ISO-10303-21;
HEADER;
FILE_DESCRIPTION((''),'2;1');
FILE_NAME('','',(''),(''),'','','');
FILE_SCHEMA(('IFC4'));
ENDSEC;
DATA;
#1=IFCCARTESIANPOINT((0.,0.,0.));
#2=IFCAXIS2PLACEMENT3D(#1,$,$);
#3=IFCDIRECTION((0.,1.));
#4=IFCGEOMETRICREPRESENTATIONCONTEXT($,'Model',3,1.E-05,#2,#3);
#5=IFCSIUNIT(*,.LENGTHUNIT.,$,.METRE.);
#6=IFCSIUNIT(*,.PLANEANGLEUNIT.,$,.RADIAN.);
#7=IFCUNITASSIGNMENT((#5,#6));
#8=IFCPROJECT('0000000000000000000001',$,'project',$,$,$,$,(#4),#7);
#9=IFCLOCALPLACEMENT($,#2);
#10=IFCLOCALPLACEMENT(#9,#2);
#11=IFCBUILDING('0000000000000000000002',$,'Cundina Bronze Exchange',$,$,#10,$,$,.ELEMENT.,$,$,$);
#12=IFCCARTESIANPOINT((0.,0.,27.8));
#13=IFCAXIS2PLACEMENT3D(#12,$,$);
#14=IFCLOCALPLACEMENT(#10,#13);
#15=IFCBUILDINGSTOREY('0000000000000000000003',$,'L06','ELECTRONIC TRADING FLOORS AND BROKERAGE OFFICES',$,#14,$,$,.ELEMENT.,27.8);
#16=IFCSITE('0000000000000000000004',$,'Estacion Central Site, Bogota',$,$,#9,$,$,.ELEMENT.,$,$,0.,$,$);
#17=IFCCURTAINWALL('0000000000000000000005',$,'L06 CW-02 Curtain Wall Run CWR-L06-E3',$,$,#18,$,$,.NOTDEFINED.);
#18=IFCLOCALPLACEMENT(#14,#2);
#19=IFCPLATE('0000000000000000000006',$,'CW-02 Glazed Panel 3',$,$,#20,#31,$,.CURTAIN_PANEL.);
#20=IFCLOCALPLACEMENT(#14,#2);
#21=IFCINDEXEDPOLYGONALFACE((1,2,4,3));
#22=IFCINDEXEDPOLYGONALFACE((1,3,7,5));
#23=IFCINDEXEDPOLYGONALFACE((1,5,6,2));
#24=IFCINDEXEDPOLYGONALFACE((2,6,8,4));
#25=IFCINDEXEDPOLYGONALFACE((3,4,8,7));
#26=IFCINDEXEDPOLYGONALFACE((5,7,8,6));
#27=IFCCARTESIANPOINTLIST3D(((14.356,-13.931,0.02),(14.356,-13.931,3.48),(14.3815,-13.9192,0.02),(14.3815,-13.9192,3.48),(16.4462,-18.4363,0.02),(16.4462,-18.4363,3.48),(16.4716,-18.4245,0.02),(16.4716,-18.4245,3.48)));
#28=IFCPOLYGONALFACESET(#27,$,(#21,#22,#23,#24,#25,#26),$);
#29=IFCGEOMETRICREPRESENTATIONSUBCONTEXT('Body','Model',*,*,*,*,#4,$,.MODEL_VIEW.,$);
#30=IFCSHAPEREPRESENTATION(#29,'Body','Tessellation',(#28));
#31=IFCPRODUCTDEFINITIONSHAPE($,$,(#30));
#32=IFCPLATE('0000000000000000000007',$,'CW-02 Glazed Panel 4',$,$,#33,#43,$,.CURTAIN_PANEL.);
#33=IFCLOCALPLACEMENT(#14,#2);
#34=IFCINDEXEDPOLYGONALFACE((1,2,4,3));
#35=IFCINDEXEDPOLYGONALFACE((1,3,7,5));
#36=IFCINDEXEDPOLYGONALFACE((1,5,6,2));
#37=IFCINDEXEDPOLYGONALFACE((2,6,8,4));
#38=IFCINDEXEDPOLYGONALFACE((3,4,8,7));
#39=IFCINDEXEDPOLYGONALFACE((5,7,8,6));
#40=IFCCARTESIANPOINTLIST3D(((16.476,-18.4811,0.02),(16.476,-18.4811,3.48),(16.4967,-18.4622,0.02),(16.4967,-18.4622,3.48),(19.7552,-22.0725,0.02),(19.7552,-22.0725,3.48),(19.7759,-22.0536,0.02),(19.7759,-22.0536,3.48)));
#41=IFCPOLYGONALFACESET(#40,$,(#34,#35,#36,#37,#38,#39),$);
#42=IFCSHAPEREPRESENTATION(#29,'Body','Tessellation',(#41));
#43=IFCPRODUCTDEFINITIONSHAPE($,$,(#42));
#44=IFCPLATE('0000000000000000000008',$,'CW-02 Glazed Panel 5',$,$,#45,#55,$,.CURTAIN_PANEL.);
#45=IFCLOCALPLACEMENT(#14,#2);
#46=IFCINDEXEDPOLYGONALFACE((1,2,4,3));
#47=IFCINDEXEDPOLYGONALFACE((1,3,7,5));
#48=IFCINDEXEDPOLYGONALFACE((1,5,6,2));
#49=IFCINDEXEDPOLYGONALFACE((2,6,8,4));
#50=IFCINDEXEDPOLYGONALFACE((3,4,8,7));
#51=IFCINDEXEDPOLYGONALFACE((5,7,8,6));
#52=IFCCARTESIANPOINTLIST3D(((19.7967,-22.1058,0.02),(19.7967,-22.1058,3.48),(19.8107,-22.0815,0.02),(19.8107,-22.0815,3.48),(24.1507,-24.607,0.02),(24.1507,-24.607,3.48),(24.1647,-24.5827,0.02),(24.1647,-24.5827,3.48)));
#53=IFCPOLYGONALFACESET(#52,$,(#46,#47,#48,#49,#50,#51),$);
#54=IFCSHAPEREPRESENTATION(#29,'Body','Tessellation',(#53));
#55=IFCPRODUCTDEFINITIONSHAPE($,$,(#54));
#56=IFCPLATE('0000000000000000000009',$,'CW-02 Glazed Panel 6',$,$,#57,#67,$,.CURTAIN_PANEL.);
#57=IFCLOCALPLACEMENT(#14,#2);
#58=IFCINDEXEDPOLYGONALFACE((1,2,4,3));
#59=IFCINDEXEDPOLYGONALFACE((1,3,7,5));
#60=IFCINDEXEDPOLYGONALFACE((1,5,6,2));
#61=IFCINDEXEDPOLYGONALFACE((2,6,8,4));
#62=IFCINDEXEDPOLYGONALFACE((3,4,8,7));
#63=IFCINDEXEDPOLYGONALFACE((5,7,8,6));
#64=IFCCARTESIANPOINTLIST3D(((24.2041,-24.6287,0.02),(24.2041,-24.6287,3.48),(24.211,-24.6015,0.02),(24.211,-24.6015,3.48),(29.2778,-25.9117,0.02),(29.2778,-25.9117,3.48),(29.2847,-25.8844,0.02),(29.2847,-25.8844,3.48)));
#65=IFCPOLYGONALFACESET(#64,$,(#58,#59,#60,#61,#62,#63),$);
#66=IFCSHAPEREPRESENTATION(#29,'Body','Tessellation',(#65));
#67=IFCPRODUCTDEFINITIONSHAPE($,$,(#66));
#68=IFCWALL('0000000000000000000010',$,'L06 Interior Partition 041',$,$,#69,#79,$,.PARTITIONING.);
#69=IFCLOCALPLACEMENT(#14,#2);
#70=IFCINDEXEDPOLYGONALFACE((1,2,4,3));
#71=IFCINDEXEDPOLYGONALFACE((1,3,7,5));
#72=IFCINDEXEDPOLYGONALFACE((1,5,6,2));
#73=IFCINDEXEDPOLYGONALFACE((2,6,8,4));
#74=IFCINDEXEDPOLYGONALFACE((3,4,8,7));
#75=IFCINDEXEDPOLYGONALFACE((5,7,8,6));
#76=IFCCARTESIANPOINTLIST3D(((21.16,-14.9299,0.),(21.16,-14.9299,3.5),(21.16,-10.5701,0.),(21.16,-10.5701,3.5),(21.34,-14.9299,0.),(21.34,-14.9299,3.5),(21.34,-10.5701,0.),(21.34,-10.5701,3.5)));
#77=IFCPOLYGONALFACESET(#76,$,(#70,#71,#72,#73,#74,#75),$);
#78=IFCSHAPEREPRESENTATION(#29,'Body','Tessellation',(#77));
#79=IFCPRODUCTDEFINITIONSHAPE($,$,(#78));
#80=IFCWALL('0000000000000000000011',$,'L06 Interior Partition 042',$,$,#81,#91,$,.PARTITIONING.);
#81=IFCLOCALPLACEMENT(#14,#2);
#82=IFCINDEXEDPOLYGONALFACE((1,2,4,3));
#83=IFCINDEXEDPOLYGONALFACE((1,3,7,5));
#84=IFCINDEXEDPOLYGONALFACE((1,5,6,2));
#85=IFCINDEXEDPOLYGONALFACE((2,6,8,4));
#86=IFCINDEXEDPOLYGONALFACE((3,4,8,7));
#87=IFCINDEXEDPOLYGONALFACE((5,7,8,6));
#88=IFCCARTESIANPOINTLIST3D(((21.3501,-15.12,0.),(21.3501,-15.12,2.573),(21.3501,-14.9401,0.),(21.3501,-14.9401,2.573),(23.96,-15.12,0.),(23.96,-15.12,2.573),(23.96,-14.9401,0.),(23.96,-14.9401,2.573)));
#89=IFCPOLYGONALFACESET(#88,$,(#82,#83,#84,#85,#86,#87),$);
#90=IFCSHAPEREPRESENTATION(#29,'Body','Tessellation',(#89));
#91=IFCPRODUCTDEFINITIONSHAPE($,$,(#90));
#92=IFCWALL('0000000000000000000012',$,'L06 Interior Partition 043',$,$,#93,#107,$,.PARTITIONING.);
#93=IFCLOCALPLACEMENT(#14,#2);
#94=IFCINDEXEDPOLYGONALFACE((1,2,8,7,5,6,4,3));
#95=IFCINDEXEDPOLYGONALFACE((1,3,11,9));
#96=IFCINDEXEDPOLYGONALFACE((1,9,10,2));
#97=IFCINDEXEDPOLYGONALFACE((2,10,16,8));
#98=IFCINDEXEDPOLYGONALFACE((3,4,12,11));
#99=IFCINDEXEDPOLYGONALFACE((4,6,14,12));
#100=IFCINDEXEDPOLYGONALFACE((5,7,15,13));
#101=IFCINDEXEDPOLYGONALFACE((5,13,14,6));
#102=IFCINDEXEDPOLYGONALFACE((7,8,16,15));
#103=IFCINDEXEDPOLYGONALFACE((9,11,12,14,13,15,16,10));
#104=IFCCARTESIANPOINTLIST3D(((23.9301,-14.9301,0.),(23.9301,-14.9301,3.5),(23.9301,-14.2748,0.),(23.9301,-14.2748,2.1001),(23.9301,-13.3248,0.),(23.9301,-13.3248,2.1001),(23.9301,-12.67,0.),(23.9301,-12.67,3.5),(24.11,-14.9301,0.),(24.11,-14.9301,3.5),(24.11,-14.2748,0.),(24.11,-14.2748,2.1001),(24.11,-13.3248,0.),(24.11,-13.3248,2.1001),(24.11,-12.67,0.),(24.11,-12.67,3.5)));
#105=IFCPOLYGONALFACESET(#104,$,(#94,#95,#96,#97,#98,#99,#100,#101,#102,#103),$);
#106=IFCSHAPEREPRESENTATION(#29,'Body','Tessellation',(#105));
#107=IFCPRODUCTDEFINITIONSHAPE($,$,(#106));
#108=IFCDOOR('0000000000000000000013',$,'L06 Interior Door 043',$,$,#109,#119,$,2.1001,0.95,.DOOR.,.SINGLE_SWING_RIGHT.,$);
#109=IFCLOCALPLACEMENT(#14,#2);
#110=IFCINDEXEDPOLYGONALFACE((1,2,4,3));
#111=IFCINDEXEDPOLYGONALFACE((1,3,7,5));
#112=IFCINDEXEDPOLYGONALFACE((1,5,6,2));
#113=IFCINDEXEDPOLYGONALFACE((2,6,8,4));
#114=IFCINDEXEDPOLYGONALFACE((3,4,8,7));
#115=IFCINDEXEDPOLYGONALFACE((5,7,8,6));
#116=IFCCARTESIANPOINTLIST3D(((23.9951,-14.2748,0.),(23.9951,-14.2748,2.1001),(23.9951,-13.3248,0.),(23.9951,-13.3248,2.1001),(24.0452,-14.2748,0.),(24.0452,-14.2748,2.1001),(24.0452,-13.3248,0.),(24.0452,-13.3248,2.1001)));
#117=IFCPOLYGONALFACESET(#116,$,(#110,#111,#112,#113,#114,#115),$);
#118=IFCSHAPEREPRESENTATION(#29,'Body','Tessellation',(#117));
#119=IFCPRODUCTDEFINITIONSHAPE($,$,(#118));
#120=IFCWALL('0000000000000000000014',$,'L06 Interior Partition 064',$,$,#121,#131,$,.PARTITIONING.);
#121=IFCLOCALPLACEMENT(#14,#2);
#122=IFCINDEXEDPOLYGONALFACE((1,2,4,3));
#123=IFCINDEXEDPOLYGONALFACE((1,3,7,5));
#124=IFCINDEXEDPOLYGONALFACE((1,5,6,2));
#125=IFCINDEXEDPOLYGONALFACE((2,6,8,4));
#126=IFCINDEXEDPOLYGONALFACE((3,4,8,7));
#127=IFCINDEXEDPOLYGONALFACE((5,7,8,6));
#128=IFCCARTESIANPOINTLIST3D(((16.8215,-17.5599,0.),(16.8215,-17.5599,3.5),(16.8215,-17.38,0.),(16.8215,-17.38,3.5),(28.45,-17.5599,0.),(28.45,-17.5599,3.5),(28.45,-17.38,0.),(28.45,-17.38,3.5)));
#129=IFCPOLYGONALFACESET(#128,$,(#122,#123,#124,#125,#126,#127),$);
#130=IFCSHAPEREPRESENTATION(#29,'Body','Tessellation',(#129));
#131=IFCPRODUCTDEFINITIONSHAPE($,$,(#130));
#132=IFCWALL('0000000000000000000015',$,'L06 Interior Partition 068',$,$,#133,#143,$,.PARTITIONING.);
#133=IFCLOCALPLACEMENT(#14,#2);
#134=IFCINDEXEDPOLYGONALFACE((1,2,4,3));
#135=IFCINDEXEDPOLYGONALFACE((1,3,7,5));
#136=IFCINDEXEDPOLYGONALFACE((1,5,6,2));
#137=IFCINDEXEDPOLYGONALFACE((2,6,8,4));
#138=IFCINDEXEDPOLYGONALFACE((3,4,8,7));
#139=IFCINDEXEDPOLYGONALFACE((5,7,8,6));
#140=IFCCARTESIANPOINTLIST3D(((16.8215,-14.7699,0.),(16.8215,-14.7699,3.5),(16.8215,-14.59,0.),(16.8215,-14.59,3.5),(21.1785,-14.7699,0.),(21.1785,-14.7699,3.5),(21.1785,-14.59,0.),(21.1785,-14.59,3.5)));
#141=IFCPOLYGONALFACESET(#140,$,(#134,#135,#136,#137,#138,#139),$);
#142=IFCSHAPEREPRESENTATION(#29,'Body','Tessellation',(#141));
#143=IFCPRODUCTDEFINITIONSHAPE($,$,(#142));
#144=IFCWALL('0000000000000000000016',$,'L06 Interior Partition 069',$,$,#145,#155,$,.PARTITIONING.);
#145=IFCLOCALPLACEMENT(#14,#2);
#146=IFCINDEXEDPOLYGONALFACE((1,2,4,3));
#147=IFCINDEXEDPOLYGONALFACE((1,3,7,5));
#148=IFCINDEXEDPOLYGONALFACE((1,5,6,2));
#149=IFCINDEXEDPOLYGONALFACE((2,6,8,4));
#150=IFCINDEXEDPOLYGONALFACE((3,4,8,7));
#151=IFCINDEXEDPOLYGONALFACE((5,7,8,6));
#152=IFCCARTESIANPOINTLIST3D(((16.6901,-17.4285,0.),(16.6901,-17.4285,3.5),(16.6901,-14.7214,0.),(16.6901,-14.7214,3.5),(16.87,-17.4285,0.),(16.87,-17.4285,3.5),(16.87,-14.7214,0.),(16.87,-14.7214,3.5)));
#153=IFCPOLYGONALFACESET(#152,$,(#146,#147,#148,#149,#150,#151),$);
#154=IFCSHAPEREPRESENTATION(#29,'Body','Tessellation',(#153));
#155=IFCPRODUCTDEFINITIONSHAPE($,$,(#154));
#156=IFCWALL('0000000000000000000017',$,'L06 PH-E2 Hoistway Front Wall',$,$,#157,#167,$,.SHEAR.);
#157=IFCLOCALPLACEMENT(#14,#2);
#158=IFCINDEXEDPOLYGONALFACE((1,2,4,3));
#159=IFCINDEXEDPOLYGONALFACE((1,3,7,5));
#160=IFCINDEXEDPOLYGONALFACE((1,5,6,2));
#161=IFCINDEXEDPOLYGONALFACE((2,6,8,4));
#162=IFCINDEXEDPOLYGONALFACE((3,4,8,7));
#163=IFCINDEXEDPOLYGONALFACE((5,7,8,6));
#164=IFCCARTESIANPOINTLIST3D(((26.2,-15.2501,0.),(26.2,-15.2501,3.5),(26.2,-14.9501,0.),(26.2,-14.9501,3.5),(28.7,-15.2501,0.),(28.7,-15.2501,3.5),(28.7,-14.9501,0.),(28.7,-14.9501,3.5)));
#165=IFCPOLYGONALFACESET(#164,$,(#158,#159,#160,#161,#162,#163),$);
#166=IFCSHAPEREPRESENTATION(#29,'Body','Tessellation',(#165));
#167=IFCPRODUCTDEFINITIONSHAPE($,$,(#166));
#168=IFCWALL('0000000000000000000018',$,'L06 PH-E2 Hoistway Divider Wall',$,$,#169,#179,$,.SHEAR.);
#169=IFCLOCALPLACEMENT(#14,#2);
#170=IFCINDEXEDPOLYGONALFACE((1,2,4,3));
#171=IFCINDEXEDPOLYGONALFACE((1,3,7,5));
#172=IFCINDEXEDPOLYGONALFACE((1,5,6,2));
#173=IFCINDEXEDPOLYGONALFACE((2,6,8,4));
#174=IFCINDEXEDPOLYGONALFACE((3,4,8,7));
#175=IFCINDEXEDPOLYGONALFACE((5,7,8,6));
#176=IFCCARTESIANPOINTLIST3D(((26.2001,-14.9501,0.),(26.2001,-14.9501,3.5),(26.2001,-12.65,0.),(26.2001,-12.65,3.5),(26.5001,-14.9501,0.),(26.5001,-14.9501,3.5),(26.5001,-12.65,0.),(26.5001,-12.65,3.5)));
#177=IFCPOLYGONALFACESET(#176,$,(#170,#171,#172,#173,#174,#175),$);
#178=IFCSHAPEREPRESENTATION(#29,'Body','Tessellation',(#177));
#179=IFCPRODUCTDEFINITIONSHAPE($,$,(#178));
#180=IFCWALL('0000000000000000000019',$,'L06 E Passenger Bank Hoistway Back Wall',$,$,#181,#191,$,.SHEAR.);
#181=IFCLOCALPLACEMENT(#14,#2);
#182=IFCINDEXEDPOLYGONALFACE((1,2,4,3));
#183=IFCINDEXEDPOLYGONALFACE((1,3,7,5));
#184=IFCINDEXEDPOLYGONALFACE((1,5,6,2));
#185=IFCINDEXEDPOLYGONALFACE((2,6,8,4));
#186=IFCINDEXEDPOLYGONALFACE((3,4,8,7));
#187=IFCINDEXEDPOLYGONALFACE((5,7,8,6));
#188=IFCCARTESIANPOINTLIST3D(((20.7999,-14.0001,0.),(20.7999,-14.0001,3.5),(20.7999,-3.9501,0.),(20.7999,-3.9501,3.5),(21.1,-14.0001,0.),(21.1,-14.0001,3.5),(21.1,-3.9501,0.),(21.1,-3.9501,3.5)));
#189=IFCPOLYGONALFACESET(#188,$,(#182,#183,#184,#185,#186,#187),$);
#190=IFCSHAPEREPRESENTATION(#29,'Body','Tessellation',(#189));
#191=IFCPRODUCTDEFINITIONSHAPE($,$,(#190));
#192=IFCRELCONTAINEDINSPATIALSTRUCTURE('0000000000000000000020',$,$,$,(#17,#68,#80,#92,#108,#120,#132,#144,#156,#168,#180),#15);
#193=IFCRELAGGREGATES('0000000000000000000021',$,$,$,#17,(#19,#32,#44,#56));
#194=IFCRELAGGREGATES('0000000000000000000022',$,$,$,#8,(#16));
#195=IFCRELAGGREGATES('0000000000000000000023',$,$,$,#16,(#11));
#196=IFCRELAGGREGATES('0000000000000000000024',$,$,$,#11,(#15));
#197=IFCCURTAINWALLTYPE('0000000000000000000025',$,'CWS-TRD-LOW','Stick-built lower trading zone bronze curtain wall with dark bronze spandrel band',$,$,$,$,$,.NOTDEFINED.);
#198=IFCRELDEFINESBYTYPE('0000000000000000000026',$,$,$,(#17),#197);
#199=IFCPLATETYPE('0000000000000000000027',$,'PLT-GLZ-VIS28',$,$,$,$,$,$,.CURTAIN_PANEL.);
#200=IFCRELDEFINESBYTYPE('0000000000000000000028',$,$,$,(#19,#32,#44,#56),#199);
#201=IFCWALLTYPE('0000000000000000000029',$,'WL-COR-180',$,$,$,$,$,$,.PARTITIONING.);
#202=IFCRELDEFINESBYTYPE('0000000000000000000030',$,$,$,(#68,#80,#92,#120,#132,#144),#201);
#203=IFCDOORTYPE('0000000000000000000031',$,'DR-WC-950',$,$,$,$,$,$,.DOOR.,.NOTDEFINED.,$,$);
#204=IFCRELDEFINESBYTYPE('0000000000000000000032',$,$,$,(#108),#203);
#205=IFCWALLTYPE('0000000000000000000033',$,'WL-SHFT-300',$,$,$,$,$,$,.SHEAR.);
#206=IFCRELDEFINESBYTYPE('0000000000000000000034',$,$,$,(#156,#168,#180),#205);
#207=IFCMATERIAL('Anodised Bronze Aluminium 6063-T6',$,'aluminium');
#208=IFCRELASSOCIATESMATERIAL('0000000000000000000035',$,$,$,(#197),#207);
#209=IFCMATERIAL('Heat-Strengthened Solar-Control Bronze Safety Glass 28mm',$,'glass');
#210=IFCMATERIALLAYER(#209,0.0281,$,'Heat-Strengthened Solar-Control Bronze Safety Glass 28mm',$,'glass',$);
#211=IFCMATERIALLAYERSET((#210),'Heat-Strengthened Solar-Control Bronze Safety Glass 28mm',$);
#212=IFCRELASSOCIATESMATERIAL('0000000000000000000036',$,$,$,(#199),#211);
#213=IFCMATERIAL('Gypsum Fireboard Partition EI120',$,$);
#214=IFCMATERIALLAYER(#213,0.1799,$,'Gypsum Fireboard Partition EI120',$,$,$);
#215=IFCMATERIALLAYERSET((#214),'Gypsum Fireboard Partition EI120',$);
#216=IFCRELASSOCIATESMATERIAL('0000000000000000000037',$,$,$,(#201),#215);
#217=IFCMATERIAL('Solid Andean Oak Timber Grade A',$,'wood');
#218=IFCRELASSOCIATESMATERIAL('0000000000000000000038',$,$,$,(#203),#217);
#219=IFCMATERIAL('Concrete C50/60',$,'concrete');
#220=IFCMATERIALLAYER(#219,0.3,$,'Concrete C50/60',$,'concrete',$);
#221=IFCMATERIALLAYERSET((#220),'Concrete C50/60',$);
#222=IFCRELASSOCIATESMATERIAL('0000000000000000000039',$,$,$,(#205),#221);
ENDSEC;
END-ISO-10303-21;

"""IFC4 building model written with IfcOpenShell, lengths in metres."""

from ifc_helpers import new_model, si_unit, direction, frame, frame_2d, origin, origin_2d, place, context, subcontext, project, spatial, rectangle, extrude, material, layer, layer_set, type_object, element, fill, aggregate, save


model = new_model("IFC4")

# Units and contexts
model_context = context("Model", 3, precision=1e-05, world=origin(), true_north=direction((0.0, 1.0)))
body_context = subcontext(model_context, "Body", "Model", "MODEL_VIEW")
ifc_project = project(units=[si_unit("LENGTHUNIT", "METRE"), si_unit("PLANEANGLEUNIT", "RADIAN")], contexts=[model_context])

# Site, building, storey
site_placement = place(None, origin())
site = spatial("IfcSite", under=ifc_project, at=site_placement, Name="Estacion Central Site, Bogota", CompositionType="ELEMENT", RefElevation=0.0)
building_placement = place(site_placement, origin())
building = spatial("IfcBuilding", under=site, at=building_placement, Name="Cundina Bronze Exchange", CompositionType="ELEMENT")
storey_placement = place(building_placement, frame((0.0, 0.0, 27.8)))
storey = spatial("IfcBuildingStorey", under=building, at=storey_placement, Name="L06", Description="ELECTRONIC TRADING FLOORS AND BROKERAGE OFFICES", CompositionType="ELEMENT", Elevation=27.8)

# Curtain wall, plates
ifc_material_1 = material(Name="Anodised Bronze Aluminium 6063-T6", Category="aluminium")
curtain_wall_type = type_object("IfcCurtainWallType", Name="CWS-TRD-LOW", Description="Stick-built lower trading zone bronze curtain wall with dark bronze spandrel band", PredefinedType="NOTDEFINED", material=ifc_material_1)
curtain_wall_placement = place(storey_placement, origin())
curtain_wall = element("IfcCurtainWall", 1, at=curtain_wall_placement, inside=storey, type_object=curtain_wall_type, Name="L06 CW-02 Curtain Wall Run CWR-L06-E3", PredefinedType="NOTDEFINED")
ifc_material_2 = material(Name="Heat-Strengthened Solar-Control Bronze Safety Glass 28mm", Category="glass")
ifc_layer_1 = layer(ifc_material_2, 0.0281, Name="Heat-Strengthened Solar-Control Bronze Safety Glass 28mm", Category="glass")
ifc_layer_set_1 = layer_set([ifc_layer_1], Name="Heat-Strengthened Solar-Control Bronze Safety Glass 28mm")
plate_type = type_object("IfcPlateType", Name="PLT-GLZ-VIS28", PredefinedType="CURTAIN_PANEL", material=ifc_layer_set_1)
plate_1_placement = place(storey_placement, frame((15.4138, -16.1777, 0.02), z_axis=(0.0, 0.0, 1.0), x_axis=(0.420846, -0.907132, 0.0)))
plate_1 = element("IfcPlate", 2, at=plate_1_placement, type_object=plate_type, Name="CW-02 Glazed Panel 3", PredefinedType="CURTAIN_PANEL", context=body_context, shape_type="SweptSolid", body=[
    extrude(rectangle(XDim=4.9666, YDim=0.0281, at=origin_2d()), origin(), (0.0, 0.0, 1.0), 3.46),
])
plate_2_placement = place(storey_placement, frame((18.126, -20.2673, 0.02), z_axis=(0.0, 0.0, 1.0), x_axis=(0.674277, -0.738479, 0.0)))
plate_2 = element("IfcPlate", 3, at=plate_2_placement, type_object=plate_type, Name="CW-02 Glazed Panel 4", PredefinedType="CURTAIN_PANEL", context=body_context, shape_type="SweptSolid", body=[
    extrude(rectangle(XDim=4.8633, YDim=0.0281, at=origin_2d()), origin(), (0.0, 0.0, 1.0), 3.46),
])
plate_3_placement = place(storey_placement, frame((21.9807, -23.3442, 0.02), z_axis=(0.0, 0.0, 1.0), x_axis=(0.867105, -0.498125, 0.0)))
plate_3 = element("IfcPlate", 4, at=plate_3_placement, type_object=plate_type, Name="CW-02 Glazed Panel 5", PredefinedType="CURTAIN_PANEL", context=body_context, shape_type="SweptSolid", body=[
    extrude(rectangle(XDim=5.0212, YDim=0.0281, at=origin_2d()), origin(), (0.0, 0.0, 1.0), 3.46),
])
plate_4_placement = place(storey_placement, frame((26.7444, -25.2566, 0.02), z_axis=(0.0, 0.0, 1.0), x_axis=(0.969488, -0.245138, 0.0)))
plate_4 = element("IfcPlate", 5, at=plate_4_placement, type_object=plate_type, Name="CW-02 Glazed Panel 6", PredefinedType="CURTAIN_PANEL", context=body_context, shape_type="SweptSolid", body=[
    extrude(rectangle(XDim=5.2334, YDim=0.0281, at=origin_2d()), origin(), (0.0, 0.0, 1.0), 3.46),
])
aggregate(curtain_wall, [plate_1, plate_2, plate_3, plate_4])

# Walls
ifc_material_3 = material(Name="Gypsum Fireboard Partition EI120")
ifc_layer_2 = layer(ifc_material_3, 0.1799, Name="Gypsum Fireboard Partition EI120")
ifc_layer_set_2 = layer_set([ifc_layer_2], Name="Gypsum Fireboard Partition EI120")
wall_type_1 = type_object("IfcWallType", Name="WL-COR-180", PredefinedType="PARTITIONING", material=ifc_layer_set_2)
wall_1_placement = place(storey_placement, frame((21.25, -14.9299, 0.0), z_axis=(0.0, 0.0, 1.0), x_axis=(0.0, 1.0, 0.0)))
element("IfcWall", 6, at=wall_1_placement, inside=storey, type_object=wall_type_1, Name="L06 Interior Partition 041", PredefinedType="PARTITIONING", context=body_context, shape_type="SweptSolid", body=[
    extrude(rectangle(XDim=4.3599, YDim=0.1799, at=frame_2d((2.1799, 0.0))), origin(), (0.0, 0.0, 1.0), 3.5),
])
wall_2_placement = place(storey_placement, frame((21.3501, -15.03, 0.0), z_axis=(0.0, 0.0, 1.0), x_axis=(1.0, 0.0, 0.0)))
element("IfcWall", 7, at=wall_2_placement, inside=storey, type_object=wall_type_1, Name="L06 Interior Partition 042", PredefinedType="PARTITIONING", context=body_context, shape_type="SweptSolid", body=[
    extrude(rectangle(XDim=2.6099, YDim=0.1799, at=frame_2d((1.3049, 0.0))), origin(), (0.0, 0.0, 1.0), 2.573),
])

# Wall, opening, door
wall_3_placement = place(storey_placement, frame((24.02, -14.9299, 0.0), z_axis=(0.0, 0.0, 1.0), x_axis=(0.0, 1.0, 0.0)))
wall_3 = element("IfcWall", 8, at=wall_3_placement, inside=storey, type_object=wall_type_1, Name="L06 Interior Partition 043", PredefinedType="PARTITIONING", context=body_context, shape_type="SweptSolid", body=[
    extrude(rectangle(XDim=2.26, YDim=0.1799, at=frame_2d((1.1299, 0.0))), origin(), (0.0, 0.0, 1.0), 3.5),
])
opening_placement = place(wall_3_placement, frame((0.655, 0.0, 0.0)))
opening = element("IfcOpeningElement", 9, at=opening_placement, cuts=wall_3, PredefinedType="OPENING", context=body_context, shape_type="SweptSolid", body=[
    extrude(rectangle(XDim=0.95, YDim=2.1001, at=frame_2d((0.4751, 1.05))), frame((0.0, 0.0999, 0.0), z_axis=(0.0, -1.0, 0.0), x_axis=(1.0, 0.0, 0.0)), (0.0, 0.0, 1.0), 0.2),
])
ifc_material_4 = material(Name="Solid Andean Oak Timber Grade A", Category="wood")
door_type = type_object("IfcDoorType", Name="DR-WC-950", OperationType="NOTDEFINED", PredefinedType="DOOR", material=ifc_material_4)
door_placement = place(opening_placement, origin())
door = element("IfcDoor", 10, at=door_placement, inside=storey, type_object=door_type, Name="L06 Interior Door 043", OperationType="SINGLE_SWING_RIGHT", OverallHeight=2.1001, OverallWidth=0.95, PredefinedType="DOOR", context=body_context, shape_type="SweptSolid", body=[
    extrude(rectangle(XDim=0.95, YDim=2.1001, at=frame_2d((0.4751, 1.05))), frame((0.0, 0.0249, 0.0), z_axis=(0.0, -1.0, 0.0), x_axis=(1.0, 0.0, 0.0)), (0.0, 0.0, 1.0), 0.05),
])
fill(opening, door)

# Walls
wall_4_placement = place(storey_placement, frame((16.8215, -17.47, 0.0), z_axis=(0.0, 0.0, 1.0), x_axis=(1.0, 0.0, 0.0)))
element("IfcWall", 11, at=wall_4_placement, inside=storey, type_object=wall_type_1, Name="L06 Interior Partition 064", PredefinedType="PARTITIONING", context=body_context, shape_type="SweptSolid", body=[
    extrude(rectangle(XDim=11.6284, YDim=0.1799, at=frame_2d((5.8142, 0.0))), origin(), (0.0, 0.0, 1.0), 3.5),
])
wall_5_placement = place(storey_placement, frame((21.1785, -14.6799, 0.0), z_axis=(0.0, 0.0, 1.0), x_axis=(-1.0, 0.0, 0.0)))
element("IfcWall", 12, at=wall_5_placement, inside=storey, type_object=wall_type_1, Name="L06 Interior Partition 068", PredefinedType="PARTITIONING", context=body_context, shape_type="SweptSolid", body=[
    extrude(rectangle(XDim=4.3569, YDim=0.1799, at=frame_2d((2.1785, 0.0))), origin(), (0.0, 0.0, 1.0), 3.5),
])
wall_6_placement = place(storey_placement, frame((16.78, -14.7214, 0.0), z_axis=(0.0, 0.0, 1.0), x_axis=(0.0, -1.0, 0.0)))
element("IfcWall", 13, at=wall_6_placement, inside=storey, type_object=wall_type_1, Name="L06 Interior Partition 069", PredefinedType="PARTITIONING", context=body_context, shape_type="SweptSolid", body=[
    extrude(rectangle(XDim=2.707, YDim=0.1799, at=frame_2d((1.3535, 0.0))), origin(), (0.0, 0.0, 1.0), 3.5),
])
ifc_material_5 = material(Name="Concrete C50/60", Category="concrete")
ifc_layer_3 = layer(ifc_material_5, 0.3, Name="Concrete C50/60", Category="concrete")
ifc_layer_set_3 = layer_set([ifc_layer_3], Name="Concrete C50/60")
wall_type_2 = type_object("IfcWallType", Name="WL-SHFT-300", PredefinedType="SHEAR", material=ifc_layer_set_3)
wall_7_placement = place(storey_placement, frame((26.2, -15.1001, 0.0), z_axis=(0.0, 0.0, 1.0), x_axis=(1.0, 0.0, 0.0)))
element("IfcWall", 14, at=wall_7_placement, inside=storey, type_object=wall_type_2, Name="L06 PH-E2 Hoistway Front Wall", PredefinedType="SHEAR", context=body_context, shape_type="SweptSolid", body=[
    extrude(rectangle(XDim=2.5, YDim=0.3, at=frame_2d((1.25, 0.0))), origin(), (0.0, 0.0, 1.0), 3.5),
])
wall_8_placement = place(storey_placement, frame((26.3501, -14.95, 0.0), z_axis=(0.0, 0.0, 1.0), x_axis=(0.0, 1.0, 0.0)))
element("IfcWall", 15, at=wall_8_placement, inside=storey, type_object=wall_type_2, Name="L06 PH-E2 Hoistway Divider Wall", PredefinedType="SHEAR", context=body_context, shape_type="SweptSolid", body=[
    extrude(rectangle(XDim=2.3, YDim=0.3, at=frame_2d((1.1499, 0.0))), origin(), (0.0, 0.0, 1.0), 3.5),
])
wall_9_placement = place(storey_placement, frame((20.95, -14.0, 0.0), z_axis=(0.0, 0.0, 1.0), x_axis=(0.0, 1.0, 0.0)))
element("IfcWall", 16, at=wall_9_placement, inside=storey, type_object=wall_type_2, Name="L06 E Passenger Bank Hoistway Back Wall", PredefinedType="SHEAR", context=body_context, shape_type="SweptSolid", body=[
    extrude(rectangle(XDim=10.05, YDim=0.3, at=frame_2d((5.0249, 0.0))), origin(), (0.0, 0.0, 1.0), 3.5),
])

save(model, "model.ifc")
